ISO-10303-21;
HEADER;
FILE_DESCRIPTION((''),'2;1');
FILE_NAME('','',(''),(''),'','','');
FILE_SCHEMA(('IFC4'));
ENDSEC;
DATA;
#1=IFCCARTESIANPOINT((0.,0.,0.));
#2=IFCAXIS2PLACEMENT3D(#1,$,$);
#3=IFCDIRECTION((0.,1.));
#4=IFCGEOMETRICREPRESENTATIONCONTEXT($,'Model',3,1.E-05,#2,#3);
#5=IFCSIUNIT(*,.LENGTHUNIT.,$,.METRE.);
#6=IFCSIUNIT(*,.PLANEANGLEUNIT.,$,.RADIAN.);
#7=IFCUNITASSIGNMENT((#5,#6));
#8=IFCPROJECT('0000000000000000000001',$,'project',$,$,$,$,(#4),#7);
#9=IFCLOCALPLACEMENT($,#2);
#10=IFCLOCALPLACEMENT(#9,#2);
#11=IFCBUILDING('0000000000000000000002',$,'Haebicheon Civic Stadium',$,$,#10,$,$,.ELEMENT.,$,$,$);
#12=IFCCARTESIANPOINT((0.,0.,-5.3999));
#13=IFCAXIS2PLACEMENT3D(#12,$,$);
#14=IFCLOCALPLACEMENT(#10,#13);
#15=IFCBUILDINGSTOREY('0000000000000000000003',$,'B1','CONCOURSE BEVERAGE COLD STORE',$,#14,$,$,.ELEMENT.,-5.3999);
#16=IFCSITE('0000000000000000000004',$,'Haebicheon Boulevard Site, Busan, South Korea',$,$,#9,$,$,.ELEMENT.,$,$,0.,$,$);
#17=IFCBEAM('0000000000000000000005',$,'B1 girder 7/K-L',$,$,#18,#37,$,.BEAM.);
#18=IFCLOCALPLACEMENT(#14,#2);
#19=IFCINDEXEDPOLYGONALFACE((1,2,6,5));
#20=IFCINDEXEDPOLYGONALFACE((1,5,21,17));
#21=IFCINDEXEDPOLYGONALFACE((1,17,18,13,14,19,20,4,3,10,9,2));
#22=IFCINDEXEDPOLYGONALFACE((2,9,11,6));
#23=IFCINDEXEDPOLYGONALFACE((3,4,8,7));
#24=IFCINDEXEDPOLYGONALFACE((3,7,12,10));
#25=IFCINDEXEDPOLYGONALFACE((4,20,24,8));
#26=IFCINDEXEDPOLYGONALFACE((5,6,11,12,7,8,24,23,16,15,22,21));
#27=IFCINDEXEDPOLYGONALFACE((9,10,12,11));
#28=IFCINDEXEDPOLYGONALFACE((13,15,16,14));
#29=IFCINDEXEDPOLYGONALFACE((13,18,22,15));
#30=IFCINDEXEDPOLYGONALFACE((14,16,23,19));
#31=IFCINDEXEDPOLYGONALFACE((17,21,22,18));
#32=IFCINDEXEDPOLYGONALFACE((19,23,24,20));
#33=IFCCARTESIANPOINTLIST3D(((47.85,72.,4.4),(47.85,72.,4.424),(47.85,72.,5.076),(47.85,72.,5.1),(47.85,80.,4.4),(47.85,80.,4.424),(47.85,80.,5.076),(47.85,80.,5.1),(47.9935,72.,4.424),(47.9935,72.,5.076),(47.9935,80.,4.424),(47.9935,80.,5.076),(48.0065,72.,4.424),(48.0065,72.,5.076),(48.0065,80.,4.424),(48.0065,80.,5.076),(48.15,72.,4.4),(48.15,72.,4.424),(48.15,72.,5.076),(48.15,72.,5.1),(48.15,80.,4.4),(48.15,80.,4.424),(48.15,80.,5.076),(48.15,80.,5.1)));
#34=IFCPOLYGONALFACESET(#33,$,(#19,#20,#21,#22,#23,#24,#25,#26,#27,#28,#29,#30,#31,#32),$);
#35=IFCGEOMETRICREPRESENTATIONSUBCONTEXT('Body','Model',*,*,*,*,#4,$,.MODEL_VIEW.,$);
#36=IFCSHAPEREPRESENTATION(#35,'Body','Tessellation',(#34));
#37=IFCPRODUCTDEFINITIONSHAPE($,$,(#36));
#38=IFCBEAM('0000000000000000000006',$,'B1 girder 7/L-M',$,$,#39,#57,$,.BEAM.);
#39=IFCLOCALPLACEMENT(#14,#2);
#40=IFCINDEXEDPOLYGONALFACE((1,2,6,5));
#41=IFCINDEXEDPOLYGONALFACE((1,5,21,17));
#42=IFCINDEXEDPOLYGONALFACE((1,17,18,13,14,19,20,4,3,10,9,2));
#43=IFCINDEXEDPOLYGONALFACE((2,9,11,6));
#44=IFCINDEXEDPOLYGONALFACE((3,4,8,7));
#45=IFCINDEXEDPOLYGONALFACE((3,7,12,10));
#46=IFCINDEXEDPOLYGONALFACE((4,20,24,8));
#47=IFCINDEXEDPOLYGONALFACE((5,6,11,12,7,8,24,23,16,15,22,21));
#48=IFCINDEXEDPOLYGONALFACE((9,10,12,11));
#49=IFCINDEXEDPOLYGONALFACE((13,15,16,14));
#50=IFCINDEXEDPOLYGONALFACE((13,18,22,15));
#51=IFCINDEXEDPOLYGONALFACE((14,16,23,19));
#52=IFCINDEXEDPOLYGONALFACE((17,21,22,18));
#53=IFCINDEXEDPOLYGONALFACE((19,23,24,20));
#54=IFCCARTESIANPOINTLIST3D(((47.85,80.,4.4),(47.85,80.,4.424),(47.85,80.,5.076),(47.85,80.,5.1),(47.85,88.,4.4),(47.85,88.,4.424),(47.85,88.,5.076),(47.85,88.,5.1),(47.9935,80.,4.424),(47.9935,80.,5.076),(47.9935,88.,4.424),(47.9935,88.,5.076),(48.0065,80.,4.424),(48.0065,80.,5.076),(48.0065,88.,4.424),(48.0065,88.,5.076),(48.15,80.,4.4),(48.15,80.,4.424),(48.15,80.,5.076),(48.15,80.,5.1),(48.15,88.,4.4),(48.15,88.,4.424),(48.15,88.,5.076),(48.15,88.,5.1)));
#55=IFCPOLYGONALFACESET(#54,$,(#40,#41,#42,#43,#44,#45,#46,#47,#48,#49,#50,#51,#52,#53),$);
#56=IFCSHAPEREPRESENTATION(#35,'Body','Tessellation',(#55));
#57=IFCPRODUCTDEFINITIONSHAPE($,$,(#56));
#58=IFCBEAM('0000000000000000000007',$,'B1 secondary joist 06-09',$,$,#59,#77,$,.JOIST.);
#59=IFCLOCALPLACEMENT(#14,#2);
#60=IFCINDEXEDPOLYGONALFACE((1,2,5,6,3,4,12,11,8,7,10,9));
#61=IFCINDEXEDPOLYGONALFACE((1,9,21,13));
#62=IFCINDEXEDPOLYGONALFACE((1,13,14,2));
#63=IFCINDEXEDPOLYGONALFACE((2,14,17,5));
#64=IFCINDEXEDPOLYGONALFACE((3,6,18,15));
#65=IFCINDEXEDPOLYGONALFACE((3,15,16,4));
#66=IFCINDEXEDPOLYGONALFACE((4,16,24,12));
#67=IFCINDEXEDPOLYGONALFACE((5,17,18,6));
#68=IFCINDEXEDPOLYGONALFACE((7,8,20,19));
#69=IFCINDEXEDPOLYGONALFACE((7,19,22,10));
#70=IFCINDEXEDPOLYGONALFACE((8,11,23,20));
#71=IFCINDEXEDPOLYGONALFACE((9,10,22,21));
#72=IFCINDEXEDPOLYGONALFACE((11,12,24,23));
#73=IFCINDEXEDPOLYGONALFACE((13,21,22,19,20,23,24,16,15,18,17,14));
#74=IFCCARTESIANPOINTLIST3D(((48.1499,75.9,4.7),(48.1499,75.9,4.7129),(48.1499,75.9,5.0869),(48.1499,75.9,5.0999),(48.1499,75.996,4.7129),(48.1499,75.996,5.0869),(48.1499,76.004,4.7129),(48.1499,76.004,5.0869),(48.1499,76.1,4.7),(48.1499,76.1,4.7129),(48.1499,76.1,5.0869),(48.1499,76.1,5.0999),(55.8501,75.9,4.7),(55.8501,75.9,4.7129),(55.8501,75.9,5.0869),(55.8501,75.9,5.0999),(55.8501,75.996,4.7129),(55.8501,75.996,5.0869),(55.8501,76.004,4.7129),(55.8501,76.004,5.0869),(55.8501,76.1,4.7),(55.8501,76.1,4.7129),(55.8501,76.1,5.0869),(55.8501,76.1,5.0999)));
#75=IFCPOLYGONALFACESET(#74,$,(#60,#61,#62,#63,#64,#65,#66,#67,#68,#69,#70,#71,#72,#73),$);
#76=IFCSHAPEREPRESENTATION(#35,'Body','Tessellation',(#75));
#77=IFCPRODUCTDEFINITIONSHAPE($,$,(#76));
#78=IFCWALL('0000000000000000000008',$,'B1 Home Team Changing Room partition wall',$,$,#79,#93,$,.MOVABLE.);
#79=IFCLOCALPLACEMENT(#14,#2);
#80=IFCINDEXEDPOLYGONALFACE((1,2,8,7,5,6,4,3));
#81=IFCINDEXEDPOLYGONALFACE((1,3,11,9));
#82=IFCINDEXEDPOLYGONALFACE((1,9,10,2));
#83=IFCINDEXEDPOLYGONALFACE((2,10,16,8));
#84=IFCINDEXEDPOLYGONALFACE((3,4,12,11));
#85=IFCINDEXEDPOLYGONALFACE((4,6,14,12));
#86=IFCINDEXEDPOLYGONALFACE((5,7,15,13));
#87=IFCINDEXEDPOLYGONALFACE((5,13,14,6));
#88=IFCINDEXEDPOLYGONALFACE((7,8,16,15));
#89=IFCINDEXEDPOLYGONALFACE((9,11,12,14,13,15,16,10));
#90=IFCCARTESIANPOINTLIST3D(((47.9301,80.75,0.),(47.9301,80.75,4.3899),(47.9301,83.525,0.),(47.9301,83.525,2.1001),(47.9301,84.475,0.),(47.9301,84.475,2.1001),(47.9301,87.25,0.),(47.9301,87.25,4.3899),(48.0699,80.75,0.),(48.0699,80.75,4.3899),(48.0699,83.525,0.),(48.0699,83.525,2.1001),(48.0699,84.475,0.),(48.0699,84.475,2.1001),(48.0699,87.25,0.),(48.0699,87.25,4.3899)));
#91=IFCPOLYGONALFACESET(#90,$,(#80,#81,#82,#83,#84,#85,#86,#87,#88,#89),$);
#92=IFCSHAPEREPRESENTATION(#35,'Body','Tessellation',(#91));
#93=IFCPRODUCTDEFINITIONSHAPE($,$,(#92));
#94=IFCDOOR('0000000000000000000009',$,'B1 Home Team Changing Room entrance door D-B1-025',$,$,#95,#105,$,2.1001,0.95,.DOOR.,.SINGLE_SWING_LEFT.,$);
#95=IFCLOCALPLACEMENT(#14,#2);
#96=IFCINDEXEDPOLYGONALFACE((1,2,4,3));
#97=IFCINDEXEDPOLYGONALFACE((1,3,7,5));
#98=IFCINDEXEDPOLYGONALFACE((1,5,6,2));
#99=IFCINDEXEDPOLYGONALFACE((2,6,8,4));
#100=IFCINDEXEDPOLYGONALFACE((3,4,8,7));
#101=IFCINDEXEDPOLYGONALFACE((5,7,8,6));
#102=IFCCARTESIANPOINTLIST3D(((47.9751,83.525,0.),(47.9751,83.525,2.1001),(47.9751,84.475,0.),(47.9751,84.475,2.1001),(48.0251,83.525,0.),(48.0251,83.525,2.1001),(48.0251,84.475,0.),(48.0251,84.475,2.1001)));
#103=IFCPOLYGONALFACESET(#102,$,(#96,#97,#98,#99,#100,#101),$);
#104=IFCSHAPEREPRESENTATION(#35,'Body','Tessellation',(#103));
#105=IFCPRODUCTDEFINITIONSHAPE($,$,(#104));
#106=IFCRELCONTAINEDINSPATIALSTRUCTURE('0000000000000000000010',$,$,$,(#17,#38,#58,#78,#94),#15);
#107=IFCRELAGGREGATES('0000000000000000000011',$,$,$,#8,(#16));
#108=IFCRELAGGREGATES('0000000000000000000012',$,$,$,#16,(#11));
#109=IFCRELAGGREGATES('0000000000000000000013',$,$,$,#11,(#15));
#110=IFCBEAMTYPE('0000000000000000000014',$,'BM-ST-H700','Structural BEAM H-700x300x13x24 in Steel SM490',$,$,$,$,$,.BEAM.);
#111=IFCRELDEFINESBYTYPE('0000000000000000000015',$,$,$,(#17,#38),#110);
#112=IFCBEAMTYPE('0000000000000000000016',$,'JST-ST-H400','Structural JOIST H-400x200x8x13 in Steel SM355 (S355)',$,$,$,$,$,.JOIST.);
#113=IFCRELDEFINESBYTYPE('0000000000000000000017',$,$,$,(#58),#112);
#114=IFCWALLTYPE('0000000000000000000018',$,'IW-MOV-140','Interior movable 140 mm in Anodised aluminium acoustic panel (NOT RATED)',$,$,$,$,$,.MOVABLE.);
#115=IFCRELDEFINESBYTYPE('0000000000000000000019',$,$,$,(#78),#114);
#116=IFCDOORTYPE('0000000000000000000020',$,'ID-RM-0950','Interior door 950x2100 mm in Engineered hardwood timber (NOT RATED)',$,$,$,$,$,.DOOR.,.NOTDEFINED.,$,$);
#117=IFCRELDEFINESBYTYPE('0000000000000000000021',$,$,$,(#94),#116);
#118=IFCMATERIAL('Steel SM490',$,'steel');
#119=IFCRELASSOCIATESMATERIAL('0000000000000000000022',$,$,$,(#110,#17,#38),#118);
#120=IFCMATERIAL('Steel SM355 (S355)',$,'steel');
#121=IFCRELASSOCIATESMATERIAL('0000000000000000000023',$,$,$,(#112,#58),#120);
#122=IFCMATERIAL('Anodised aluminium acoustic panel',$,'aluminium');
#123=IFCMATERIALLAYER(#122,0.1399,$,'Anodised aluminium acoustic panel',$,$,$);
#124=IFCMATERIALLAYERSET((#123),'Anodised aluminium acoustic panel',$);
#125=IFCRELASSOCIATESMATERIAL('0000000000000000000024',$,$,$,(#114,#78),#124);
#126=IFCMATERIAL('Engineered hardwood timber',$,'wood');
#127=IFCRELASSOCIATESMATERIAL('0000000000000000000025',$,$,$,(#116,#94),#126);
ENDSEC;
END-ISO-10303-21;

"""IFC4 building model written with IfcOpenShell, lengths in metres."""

from ifc_helpers import new_model, si_unit, direction, frame, frame_2d, origin, origin_2d, place, context, subcontext, project, spatial, rectangle, i_section, extrude, material, layer, layer_set, material_profile, profile_set, type_object, element, fill, save


model = new_model("IFC4")

# Units and contexts
model_context = context("Model", 3, precision=1e-05, world=origin(), true_north=direction((0.0, 1.0)))
body_context = subcontext(model_context, "Body", "Model", "MODEL_VIEW")
ifc_project = project(units=[si_unit("LENGTHUNIT", "METRE"), si_unit("PLANEANGLEUNIT", "RADIAN")], contexts=[model_context])

# Site, building, storey
site_placement = place(None, origin())
site = spatial("IfcSite", under=ifc_project, at=site_placement, Name="Haebicheon Boulevard Site, Busan, South Korea", CompositionType="ELEMENT", RefElevation=0.0)
building_placement = place(site_placement, origin())
building = spatial("IfcBuilding", under=site, at=building_placement, Name="Haebicheon Civic Stadium", CompositionType="ELEMENT")
storey_placement = place(building_placement, frame((0.0, 0.0, -5.3999)))
storey = spatial("IfcBuildingStorey", under=building, at=storey_placement, Name="B1", Description="CONCOURSE BEVERAGE COLD STORE", CompositionType="ELEMENT", Elevation=-5.3999)

# Beams
ifc_material_1 = material(Name="Steel SM490", Category="steel")
ifc_material_profile_1 = material_profile(ifc_material_1, i_section(OverallWidth=0.3, OverallDepth=0.7, WebThickness=0.0129, FlangeThickness=0.0239, at=origin_2d()), Name="H-700x300x13x24")
ifc_profile_set_1 = profile_set([ifc_material_profile_1], Name="Steel SM490")
beam_type_1 = type_object("IfcBeamType", Name="BM-ST-H700", Description="Structural BEAM H-700x300x13x24 in Steel SM490", PredefinedType="BEAM", material=ifc_profile_set_1)
for number, where, z_axis, x_axis, name in (
    (1, (48.0, 72.0, 4.75), (0.0, 1.0, 0.0), (-1.0, 0.0, 0.0), "B1 girder 7/K-L"),
    (2, (48.0, 80.0, 4.75), (0.0, 1.0, 0.0), (-1.0, 0.0, 0.0), "B1 girder 7/L-M"),
):
    element("IfcBeam", number, at=place(storey_placement, frame(where, z_axis=z_axis, x_axis=x_axis)), inside=storey, type_object=beam_type_1, material=ifc_profile_set_1, Name=name, PredefinedType="BEAM", context=body_context, shape_type="SweptSolid", body=[
        extrude(i_section(OverallWidth=0.3, OverallDepth=0.7, WebThickness=0.0129, FlangeThickness=0.0239, at=origin_2d()), origin(), (0.0, 0.0, 1.0), 8.0),
    ])
ifc_material_2 = material(Name="Steel SM355 (S355)", Category="steel")
ifc_material_profile_2 = material_profile(ifc_material_2, i_section(OverallWidth=0.2, OverallDepth=0.3999, WebThickness=0.0081, FlangeThickness=0.0129, at=origin_2d()), Name="H-400x200x8x13")
ifc_profile_set_2 = profile_set([ifc_material_profile_2], Name="Steel SM355 (S355)")
beam_type_2 = type_object("IfcBeamType", Name="JST-ST-H400", Description="Structural JOIST H-400x200x8x13 in Steel SM355 (S355)", PredefinedType="JOIST", material=ifc_profile_set_2)
beam_placement = place(storey_placement, frame((48.1499, 76.0, 4.8999), z_axis=(1.0, 0.0, 0.0), x_axis=(0.0, 1.0, 0.0)))
element("IfcBeam", 3, at=beam_placement, inside=storey, type_object=beam_type_2, material=ifc_profile_set_2, Name="B1 secondary joist 06-09", PredefinedType="JOIST", context=body_context, shape_type="SweptSolid", body=[
    extrude(i_section(OverallWidth=0.2, OverallDepth=0.3999, WebThickness=0.0081, FlangeThickness=0.0129, at=origin_2d()), origin(), (0.0, 0.0, 1.0), 7.7002),
])

# Wall, opening, door
ifc_material_3 = material(Name="Anodised aluminium acoustic panel", Category="aluminium")
ifc_layer_1 = layer(ifc_material_3, 0.1399, Name="Anodised aluminium acoustic panel")
ifc_layer_set_1 = layer_set([ifc_layer_1], Name="Anodised aluminium acoustic panel")
wall_type = type_object("IfcWallType", Name="IW-MOV-140", Description="Interior movable 140 mm in Anodised aluminium acoustic panel (NOT RATED)", PredefinedType="MOVABLE", material=ifc_layer_set_1)
wall_placement = place(storey_placement, frame((48.0, 80.75, 0.0), z_axis=(0.0, 0.0, 1.0), x_axis=(0.0, 1.0, 0.0)))
wall = element("IfcWall", 4, at=wall_placement, inside=storey, type_object=wall_type, material=ifc_layer_set_1, Name="B1 Home Team Changing Room partition wall", PredefinedType="MOVABLE", context=body_context, shape_type="SweptSolid", body=[
    extrude(rectangle(XDim=6.5, YDim=0.1399, at=frame_2d((3.25, 0.0))), origin(), (0.0, 0.0, 1.0), 4.3899),
])
opening_placement = place(wall_placement, frame((2.7749, 0.0, 0.0)))
opening = element("IfcOpeningElement", 5, at=opening_placement, cuts=wall, PredefinedType="OPENING", context=body_context, shape_type="SweptSolid", body=[
    extrude(rectangle(XDim=0.95, YDim=2.1001, at=frame_2d((0.4751, 1.05))), frame((0.0, 0.0798, 0.0), z_axis=(0.0, -1.0, 0.0), x_axis=(1.0, 0.0, 0.0)), (0.0, 0.0, 1.0), 0.1599),
])
ifc_material_4 = material(Name="Engineered hardwood timber", Category="wood")
door_type = type_object("IfcDoorType", Name="ID-RM-0950", Description="Interior door 950x2100 mm in Engineered hardwood timber (NOT RATED)", OperationType="NOTDEFINED", PredefinedType="DOOR", material=ifc_material_4)
door_placement = place(opening_placement, origin())
door = element("IfcDoor", 6, at=door_placement, inside=storey, type_object=door_type, material=ifc_material_4, Name="B1 Home Team Changing Room entrance door D-B1-025", OperationType="SINGLE_SWING_LEFT", OverallHeight=2.1001, OverallWidth=0.95, PredefinedType="DOOR", context=body_context, shape_type="SweptSolid", body=[
    extrude(rectangle(XDim=0.95, YDim=2.1001, at=frame_2d((0.4751, 1.05))), frame((0.0, 0.0249, 0.0), z_axis=(0.0, -1.0, 0.0), x_axis=(1.0, 0.0, 0.0)), (0.0, 0.0, 1.0), 0.05),
])
fill(opening, door)

save(model, "model.ifc")
